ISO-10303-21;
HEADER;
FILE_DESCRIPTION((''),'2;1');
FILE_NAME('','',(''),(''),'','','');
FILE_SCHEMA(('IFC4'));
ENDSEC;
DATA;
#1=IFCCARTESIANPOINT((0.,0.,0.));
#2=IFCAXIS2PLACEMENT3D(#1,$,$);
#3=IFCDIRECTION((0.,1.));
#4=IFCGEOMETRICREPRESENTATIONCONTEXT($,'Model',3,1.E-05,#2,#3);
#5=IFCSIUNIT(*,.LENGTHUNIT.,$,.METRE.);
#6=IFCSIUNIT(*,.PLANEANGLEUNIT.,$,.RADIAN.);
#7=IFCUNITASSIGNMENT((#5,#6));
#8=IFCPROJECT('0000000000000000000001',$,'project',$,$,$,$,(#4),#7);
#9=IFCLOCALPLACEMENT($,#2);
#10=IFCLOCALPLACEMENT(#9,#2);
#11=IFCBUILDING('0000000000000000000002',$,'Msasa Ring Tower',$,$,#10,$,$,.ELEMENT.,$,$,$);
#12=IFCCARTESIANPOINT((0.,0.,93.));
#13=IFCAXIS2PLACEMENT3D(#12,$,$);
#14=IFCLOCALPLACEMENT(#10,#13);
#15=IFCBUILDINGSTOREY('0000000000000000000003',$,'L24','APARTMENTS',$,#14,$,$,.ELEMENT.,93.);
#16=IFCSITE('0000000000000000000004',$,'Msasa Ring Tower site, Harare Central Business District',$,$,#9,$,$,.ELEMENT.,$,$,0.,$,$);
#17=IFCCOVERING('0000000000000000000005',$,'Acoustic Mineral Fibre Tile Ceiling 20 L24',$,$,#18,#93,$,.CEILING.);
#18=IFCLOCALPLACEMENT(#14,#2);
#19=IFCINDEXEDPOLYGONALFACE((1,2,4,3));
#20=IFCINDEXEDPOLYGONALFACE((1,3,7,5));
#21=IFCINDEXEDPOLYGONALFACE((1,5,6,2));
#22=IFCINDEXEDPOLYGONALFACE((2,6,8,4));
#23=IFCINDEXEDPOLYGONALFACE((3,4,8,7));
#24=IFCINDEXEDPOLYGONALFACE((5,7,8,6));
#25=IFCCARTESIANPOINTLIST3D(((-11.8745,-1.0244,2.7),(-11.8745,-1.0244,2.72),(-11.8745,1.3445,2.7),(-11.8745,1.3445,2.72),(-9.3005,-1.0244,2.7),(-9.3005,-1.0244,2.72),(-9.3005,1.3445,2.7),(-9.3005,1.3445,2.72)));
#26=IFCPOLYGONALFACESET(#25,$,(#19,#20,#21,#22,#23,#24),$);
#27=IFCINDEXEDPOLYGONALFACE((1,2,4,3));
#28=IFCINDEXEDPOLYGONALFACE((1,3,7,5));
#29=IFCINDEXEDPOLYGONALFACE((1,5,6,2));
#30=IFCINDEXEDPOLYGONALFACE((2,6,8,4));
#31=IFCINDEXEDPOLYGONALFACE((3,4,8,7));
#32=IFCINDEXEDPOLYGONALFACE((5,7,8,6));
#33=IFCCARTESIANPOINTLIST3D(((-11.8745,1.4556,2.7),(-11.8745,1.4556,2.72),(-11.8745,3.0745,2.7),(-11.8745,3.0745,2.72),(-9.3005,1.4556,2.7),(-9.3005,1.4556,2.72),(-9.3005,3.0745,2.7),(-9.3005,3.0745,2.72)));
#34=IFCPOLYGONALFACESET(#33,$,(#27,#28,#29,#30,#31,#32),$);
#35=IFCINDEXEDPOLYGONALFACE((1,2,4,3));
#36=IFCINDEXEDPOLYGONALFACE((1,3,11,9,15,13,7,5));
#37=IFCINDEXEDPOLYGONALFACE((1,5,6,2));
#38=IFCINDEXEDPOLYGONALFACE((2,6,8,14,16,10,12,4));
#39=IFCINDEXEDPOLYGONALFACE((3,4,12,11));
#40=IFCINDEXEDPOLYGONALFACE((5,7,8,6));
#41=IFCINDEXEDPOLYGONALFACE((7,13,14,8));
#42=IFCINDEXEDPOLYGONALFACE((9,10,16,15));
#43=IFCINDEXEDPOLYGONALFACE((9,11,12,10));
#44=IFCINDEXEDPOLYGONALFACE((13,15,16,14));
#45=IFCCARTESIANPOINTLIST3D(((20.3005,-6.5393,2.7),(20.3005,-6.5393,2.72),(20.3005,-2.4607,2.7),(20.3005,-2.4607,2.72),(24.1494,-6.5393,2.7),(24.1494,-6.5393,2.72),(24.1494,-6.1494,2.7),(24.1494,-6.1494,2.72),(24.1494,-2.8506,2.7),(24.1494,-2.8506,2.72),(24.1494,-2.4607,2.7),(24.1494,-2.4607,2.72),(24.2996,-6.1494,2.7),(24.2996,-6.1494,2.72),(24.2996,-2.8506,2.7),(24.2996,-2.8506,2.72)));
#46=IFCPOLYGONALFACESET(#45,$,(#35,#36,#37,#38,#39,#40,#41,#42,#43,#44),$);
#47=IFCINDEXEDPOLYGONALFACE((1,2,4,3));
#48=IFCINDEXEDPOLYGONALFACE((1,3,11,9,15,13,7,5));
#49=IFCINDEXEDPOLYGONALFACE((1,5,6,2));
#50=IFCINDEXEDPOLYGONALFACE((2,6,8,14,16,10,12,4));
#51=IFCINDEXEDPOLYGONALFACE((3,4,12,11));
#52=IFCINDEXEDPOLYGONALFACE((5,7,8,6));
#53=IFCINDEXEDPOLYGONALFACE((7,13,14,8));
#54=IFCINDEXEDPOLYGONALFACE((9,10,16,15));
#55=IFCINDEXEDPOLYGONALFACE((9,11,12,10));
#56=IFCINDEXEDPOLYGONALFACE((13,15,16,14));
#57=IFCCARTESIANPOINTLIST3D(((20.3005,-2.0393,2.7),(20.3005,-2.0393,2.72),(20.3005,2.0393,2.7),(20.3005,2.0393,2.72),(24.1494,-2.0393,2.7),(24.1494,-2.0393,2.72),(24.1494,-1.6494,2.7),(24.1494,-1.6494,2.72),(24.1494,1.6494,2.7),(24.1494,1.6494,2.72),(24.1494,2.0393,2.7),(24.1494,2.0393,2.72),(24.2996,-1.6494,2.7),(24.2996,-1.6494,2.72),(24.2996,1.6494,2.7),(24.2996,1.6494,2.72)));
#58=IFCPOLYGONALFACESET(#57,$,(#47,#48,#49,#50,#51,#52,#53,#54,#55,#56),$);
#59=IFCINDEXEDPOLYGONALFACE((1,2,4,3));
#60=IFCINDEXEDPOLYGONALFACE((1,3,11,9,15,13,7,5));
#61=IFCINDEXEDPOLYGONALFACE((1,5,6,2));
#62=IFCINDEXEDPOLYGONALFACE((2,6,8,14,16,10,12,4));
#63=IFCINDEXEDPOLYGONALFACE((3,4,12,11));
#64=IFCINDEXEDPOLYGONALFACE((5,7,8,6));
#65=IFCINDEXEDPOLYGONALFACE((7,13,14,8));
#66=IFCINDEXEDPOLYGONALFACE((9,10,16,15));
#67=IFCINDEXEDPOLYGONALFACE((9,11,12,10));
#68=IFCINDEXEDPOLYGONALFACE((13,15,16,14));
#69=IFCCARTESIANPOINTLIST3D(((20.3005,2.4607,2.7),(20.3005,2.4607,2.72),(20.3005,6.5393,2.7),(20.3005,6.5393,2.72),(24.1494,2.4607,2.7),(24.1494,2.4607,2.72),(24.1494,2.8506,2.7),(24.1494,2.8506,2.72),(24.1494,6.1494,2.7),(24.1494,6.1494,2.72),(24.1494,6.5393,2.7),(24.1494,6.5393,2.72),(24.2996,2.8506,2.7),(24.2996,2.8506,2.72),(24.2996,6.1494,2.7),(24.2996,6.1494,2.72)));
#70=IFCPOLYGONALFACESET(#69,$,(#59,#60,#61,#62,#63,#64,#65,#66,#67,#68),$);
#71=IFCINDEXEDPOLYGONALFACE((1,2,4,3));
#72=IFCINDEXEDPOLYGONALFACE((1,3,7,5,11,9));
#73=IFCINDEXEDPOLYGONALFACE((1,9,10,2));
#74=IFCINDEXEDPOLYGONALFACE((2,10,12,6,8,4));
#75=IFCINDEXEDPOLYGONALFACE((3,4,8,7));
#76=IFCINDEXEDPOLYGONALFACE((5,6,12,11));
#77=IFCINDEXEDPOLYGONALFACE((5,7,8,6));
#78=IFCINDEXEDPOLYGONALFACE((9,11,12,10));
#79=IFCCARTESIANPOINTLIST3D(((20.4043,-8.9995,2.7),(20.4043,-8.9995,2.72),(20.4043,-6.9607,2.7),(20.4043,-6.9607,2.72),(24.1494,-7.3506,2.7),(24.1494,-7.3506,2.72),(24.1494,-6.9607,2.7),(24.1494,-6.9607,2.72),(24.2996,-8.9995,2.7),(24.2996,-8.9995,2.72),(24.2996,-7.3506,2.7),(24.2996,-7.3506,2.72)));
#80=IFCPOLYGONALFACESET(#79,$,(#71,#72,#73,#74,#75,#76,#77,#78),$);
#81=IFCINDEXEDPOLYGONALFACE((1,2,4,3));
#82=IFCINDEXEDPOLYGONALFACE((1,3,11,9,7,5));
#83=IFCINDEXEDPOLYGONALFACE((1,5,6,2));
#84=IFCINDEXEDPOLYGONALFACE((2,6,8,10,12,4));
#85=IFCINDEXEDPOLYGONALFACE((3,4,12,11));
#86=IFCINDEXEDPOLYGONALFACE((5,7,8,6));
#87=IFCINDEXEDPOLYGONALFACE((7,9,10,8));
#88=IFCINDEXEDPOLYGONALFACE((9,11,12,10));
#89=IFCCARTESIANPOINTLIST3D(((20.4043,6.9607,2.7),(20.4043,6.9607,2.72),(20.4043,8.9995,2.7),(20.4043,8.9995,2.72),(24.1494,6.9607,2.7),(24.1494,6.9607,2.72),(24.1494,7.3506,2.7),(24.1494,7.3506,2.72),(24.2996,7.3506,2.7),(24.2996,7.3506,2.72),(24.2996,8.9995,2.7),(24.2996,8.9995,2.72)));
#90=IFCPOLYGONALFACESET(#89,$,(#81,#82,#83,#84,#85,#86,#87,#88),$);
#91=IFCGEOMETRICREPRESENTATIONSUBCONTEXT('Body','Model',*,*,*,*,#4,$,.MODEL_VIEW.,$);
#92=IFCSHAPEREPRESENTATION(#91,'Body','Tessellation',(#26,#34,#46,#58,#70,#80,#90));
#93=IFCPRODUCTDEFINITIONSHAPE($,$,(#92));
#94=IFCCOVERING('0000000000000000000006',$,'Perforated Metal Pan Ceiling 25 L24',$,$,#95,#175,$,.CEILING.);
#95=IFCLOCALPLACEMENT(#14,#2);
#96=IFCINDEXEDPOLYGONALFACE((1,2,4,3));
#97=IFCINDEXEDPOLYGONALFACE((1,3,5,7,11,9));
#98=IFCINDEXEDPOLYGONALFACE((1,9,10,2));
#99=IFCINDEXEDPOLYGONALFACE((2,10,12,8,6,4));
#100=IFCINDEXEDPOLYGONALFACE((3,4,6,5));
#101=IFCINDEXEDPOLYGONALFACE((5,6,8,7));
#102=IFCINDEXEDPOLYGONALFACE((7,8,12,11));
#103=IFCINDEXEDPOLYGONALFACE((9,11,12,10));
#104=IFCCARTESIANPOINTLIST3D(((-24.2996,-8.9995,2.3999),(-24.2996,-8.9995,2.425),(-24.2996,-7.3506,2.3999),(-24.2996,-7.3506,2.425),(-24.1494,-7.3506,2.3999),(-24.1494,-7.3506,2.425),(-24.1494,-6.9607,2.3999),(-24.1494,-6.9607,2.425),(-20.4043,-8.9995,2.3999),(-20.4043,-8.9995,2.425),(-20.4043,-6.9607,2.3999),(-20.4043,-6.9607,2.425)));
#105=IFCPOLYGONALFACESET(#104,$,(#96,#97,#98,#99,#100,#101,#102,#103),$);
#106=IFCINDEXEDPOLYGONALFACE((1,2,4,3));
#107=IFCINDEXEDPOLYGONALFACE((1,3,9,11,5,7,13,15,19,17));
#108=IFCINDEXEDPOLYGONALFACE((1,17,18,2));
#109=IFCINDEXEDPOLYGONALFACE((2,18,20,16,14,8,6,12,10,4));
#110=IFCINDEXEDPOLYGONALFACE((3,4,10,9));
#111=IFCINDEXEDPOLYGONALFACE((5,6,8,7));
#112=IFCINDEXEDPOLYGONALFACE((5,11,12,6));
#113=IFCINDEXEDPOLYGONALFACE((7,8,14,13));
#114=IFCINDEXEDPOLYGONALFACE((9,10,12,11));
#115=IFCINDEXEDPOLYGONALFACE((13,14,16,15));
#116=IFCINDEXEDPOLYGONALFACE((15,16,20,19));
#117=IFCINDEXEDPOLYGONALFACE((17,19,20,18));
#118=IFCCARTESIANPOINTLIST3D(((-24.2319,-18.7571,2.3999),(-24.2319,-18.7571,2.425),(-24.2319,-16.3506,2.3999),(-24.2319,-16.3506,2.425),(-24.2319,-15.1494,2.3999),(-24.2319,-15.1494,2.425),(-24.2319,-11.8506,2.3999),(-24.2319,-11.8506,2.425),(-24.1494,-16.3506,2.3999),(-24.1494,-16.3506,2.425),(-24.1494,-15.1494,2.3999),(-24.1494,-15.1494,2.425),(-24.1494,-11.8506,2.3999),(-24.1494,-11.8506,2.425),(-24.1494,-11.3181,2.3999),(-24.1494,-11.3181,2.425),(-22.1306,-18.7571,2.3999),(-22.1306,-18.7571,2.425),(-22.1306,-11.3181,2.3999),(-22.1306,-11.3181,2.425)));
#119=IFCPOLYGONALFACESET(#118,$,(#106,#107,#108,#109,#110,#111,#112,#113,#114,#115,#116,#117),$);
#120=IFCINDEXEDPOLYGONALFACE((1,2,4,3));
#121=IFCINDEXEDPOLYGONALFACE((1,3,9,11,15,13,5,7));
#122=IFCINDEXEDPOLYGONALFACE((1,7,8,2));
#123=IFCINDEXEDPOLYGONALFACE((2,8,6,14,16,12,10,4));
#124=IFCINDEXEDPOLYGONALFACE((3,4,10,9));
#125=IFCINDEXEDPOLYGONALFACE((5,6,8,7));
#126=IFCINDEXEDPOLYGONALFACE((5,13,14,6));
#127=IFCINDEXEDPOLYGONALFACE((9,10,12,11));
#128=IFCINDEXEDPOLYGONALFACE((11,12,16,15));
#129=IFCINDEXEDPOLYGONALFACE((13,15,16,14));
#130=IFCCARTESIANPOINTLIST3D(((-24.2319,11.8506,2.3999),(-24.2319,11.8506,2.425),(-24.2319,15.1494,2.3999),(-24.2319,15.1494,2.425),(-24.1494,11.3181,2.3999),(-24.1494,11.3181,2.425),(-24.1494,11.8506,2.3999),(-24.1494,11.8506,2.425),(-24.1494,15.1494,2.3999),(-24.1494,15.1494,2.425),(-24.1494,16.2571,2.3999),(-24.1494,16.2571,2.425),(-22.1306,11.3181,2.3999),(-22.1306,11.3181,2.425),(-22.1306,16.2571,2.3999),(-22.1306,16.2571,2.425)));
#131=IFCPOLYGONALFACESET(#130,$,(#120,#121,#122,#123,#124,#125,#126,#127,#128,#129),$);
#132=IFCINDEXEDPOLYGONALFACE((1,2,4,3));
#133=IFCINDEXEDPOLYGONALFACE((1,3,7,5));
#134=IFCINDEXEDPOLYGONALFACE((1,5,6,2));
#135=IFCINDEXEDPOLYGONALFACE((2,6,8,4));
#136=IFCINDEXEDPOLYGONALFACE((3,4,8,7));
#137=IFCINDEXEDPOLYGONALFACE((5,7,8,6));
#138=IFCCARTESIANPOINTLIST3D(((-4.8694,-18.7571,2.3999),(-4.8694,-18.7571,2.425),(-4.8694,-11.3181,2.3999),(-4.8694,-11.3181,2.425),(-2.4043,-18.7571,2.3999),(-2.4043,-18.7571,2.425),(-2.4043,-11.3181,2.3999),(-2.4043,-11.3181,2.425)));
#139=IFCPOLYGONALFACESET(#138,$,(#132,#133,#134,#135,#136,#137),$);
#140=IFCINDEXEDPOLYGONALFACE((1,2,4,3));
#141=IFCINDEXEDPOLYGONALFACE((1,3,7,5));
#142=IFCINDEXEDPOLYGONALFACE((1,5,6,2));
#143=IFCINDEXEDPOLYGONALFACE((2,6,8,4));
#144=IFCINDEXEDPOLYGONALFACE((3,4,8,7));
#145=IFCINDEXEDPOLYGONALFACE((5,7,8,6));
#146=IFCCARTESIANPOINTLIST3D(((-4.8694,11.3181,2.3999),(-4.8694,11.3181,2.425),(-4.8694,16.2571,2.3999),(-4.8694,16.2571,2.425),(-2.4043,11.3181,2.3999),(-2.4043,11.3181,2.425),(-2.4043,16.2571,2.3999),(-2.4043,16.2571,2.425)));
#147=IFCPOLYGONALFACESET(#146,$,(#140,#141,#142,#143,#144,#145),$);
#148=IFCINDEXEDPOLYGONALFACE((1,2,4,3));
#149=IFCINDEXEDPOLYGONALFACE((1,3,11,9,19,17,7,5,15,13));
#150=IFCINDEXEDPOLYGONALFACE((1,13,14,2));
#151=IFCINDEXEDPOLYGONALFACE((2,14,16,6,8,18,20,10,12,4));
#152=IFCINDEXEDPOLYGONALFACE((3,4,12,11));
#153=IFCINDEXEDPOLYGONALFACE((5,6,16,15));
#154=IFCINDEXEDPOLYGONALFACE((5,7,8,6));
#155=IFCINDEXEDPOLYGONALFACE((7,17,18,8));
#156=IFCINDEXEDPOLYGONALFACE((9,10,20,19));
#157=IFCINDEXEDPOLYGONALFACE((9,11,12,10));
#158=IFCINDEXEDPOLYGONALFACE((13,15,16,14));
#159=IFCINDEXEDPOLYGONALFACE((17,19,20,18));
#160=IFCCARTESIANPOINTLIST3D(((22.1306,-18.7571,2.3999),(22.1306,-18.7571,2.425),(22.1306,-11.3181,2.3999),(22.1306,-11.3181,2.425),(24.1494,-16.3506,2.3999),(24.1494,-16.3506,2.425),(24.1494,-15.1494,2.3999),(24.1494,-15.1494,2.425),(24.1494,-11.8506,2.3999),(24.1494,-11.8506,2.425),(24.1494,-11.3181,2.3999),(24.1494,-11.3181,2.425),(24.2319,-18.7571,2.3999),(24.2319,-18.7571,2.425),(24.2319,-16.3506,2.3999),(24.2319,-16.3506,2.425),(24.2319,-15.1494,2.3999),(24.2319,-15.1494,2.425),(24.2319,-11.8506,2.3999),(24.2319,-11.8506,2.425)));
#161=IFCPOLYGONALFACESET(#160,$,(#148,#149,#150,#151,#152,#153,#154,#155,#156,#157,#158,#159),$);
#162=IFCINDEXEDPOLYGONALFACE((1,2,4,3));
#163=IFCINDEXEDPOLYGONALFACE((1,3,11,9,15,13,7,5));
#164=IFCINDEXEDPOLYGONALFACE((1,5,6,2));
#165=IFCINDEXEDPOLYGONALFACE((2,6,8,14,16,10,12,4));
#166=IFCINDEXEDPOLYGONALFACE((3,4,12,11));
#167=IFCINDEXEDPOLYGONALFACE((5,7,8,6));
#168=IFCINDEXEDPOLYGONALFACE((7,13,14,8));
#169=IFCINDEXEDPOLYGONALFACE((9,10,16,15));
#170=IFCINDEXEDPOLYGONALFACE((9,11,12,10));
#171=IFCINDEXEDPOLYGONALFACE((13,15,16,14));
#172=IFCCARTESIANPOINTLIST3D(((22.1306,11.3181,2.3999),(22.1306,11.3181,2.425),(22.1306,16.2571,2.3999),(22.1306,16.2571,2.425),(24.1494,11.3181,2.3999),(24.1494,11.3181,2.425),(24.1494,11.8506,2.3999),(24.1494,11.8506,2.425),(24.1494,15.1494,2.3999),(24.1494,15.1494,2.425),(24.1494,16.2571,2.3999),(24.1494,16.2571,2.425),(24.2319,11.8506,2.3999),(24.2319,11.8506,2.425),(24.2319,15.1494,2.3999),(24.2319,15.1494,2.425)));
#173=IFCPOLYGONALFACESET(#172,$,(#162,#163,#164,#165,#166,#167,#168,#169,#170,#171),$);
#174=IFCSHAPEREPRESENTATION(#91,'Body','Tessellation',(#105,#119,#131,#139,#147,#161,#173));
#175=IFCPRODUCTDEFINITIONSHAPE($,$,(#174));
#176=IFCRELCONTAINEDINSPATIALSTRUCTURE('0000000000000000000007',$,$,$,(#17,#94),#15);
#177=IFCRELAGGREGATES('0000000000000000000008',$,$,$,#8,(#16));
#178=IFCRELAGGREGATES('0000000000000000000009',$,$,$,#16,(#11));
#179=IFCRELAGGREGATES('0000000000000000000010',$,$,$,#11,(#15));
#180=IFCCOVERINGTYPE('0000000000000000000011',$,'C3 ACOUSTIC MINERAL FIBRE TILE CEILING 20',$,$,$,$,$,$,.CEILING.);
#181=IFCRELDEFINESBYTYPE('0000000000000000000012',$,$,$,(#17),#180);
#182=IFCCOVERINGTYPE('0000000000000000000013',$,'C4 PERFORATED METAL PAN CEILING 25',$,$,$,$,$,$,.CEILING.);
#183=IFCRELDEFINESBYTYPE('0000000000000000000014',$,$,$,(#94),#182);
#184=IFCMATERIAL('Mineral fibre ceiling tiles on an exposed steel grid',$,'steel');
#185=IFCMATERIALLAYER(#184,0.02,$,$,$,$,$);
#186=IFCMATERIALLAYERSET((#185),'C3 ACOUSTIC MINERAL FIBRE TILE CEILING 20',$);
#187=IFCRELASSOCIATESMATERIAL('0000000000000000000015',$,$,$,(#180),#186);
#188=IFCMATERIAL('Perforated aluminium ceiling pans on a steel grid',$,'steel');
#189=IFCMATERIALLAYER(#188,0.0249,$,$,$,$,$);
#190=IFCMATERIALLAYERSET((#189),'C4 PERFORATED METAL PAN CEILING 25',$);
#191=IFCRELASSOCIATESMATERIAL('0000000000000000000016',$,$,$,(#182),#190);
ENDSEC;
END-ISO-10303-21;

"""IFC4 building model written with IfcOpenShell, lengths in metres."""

from ifc_helpers import new_model, si_unit, direction, frame, origin, place, context, subcontext, project, spatial, line, indexed_curve, outline, extrude, material, layer, layer_set, type_object, element, save


model = new_model("IFC4")

# Units and contexts
model_context = context("Model", 3, precision=1e-05, world=origin(), true_north=direction((0.0, 1.0)))
body_context = subcontext(model_context, "Body", "Model", "MODEL_VIEW")
ifc_project = project(units=[si_unit("LENGTHUNIT", "METRE"), si_unit("PLANEANGLEUNIT", "RADIAN")], contexts=[model_context])

# Site, building, storey
site_placement = place(None, origin())
site = spatial("IfcSite", under=ifc_project, at=site_placement, Name="Msasa Ring Tower site, Harare Central Business District", CompositionType="ELEMENT", RefElevation=0.0)
building_placement = place(site_placement, origin())
building = spatial("IfcBuilding", under=site, at=building_placement, Name="Msasa Ring Tower", CompositionType="ELEMENT")
storey_placement = place(building_placement, frame((0.0, 0.0, 93.0)))
storey = spatial("IfcBuildingStorey", under=building, at=storey_placement, Name="L24", Description="APARTMENTS", CompositionType="ELEMENT", Elevation=93.0)

# Coverings
ifc_material_1 = material(Name="Mineral fibre ceiling tiles on an exposed steel grid", Category="steel")
ifc_layer_1 = layer(ifc_material_1, 0.02)
ifc_layer_set_1 = layer_set([ifc_layer_1], Name="C3 ACOUSTIC MINERAL FIBRE TILE CEILING 20")
covering_type_1 = type_object("IfcCoveringType", Name="C3 ACOUSTIC MINERAL FIBRE TILE CEILING 20", PredefinedType="CEILING", material=ifc_layer_set_1)
covering_1_placement = place(storey_placement, frame((0.0, 0.0, 2.7)))
element("IfcCovering", 1, at=covering_1_placement, inside=storey, type_object=covering_type_1, Name="Acoustic Mineral Fibre Tile Ceiling 20 L24", PredefinedType="CEILING", context=body_context, shape_type="SweptSolid", body=[
    extrude(outline(indexed_curve([(-9.3005, -1.0244), (-11.8745, -1.0244), (-11.8745, 1.3445), (-9.3005, 1.3445)], segments=[line(1, 2, 3, 4, 1)], self_intersect=False)), origin(), (0.0, 0.0, 1.0), 0.02),
    extrude(outline(indexed_curve([(-9.3005, 1.4556), (-11.8745, 1.4556), (-11.8745, 3.0745), (-9.3005, 3.0745)], segments=[line(1, 2, 3, 4, 1)], self_intersect=False)), origin(), (0.0, 0.0, 1.0), 0.02),
    extrude(outline(indexed_curve([(20.3005, -2.4607), (24.1494, -2.4607), (24.1494, -2.8506), (24.2996, -2.8506), (24.2996, -6.1494), (24.1494, -6.1494), (24.1494, -6.5393), (20.3005, -6.5393)], segments=[line(1, 2, 3, 4, 5, 6, 7, 8, 1)], self_intersect=False)), origin(), (0.0, 0.0, 1.0), 0.02),
    extrude(outline(indexed_curve([(20.3005, 2.0393), (24.1494, 2.0393), (24.1494, 1.6494), (24.2996, 1.6494), (24.2996, -1.6494), (24.1494, -1.6494), (24.1494, -2.0393), (20.3005, -2.0393)], segments=[line(1, 2, 3, 4, 5, 6, 7, 8, 1)], self_intersect=False)), origin(), (0.0, 0.0, 1.0), 0.02),
    extrude(outline(indexed_curve([(20.3005, 6.5393), (24.1494, 6.5393), (24.1494, 6.1494), (24.2996, 6.1494), (24.2996, 2.8506), (24.1494, 2.8506), (24.1494, 2.4607), (20.3005, 2.4607)], segments=[line(1, 2, 3, 4, 5, 6, 7, 8, 1)], self_intersect=False)), origin(), (0.0, 0.0, 1.0), 0.02),
    extrude(outline(indexed_curve([(24.2996, -8.9995), (20.4043, -8.9995), (20.4043, -6.9607), (24.1494, -6.9607), (24.1494, -7.3506), (24.2996, -7.3506)], segments=[line(1, 2, 3, 4, 5, 6, 1)], self_intersect=False)), origin(), (0.0, 0.0, 1.0), 0.02),
    extrude(outline(indexed_curve([(24.2996, 8.9995), (24.2996, 7.3506), (24.1494, 7.3506), (24.1494, 6.9607), (20.4043, 6.9607), (20.4043, 8.9995)], segments=[line(1, 2, 3, 4, 5, 6, 1)], self_intersect=False)), origin(), (0.0, 0.0, 1.0), 0.02),
])
ifc_material_2 = material(Name="Perforated aluminium ceiling pans on a steel grid", Category="steel")
ifc_layer_2 = layer(ifc_material_2, 0.0249)
ifc_layer_set_2 = layer_set([ifc_layer_2], Name="C4 PERFORATED METAL PAN CEILING 25")
covering_type_2 = type_object("IfcCoveringType", Name="C4 PERFORATED METAL PAN CEILING 25", PredefinedType="CEILING", material=ifc_layer_set_2)
covering_2_placement = place(storey_placement, frame((0.0, 0.0, 2.3999)))
element("IfcCovering", 2, at=covering_2_placement, inside=storey, type_object=covering_type_2, Name="Perforated Metal Pan Ceiling 25 L24", PredefinedType="CEILING", context=body_context, shape_type="SweptSolid", body=[
    extrude(outline(indexed_curve([(-24.2996, -8.9995), (-24.2996, -7.3506), (-24.1494, -7.3506), (-24.1494, -6.9607), (-20.4043, -6.9607), (-20.4043, -8.9995)], segments=[line(1, 2, 3, 4, 5, 6, 1)], self_intersect=False)), origin(), (0.0, 0.0, 1.0), 0.0251),
    extrude(outline(indexed_curve([(-22.1306, -18.7571), (-24.2319, -18.7571), (-24.2319, -16.3506), (-24.1494, -16.3506), (-24.1494, -15.1494), (-24.2319, -15.1494), (-24.2319, -11.8506), (-24.1494, -11.8506), (-24.1494, -11.3181), (-22.1306, -11.3181)], segments=[line(1, 2, 3, 4, 5, 6, 7, 8, 9, 10, 1)], self_intersect=False)), origin(), (0.0, 0.0, 1.0), 0.0251),
    extrude(outline(indexed_curve([(-24.1494, 11.3181), (-24.1494, 11.8506), (-24.2319, 11.8506), (-24.2319, 15.1494), (-24.1494, 15.1494), (-24.1494, 16.2571), (-22.1306, 16.2571), (-22.1306, 11.3181)], segments=[line(1, 2, 3, 4, 5, 6, 7, 8, 1)], self_intersect=False)), origin(), (0.0, 0.0, 1.0), 0.0251),
    extrude(outline(indexed_curve([(-4.8694, -18.7571), (-4.8694, -11.3181), (-2.4043, -11.3181), (-2.4043, -18.7571)], segments=[line(1, 2, 3, 4, 1)], self_intersect=False)), origin(), (0.0, 0.0, 1.0), 0.0251),
    extrude(outline(indexed_curve([(-4.8694, 11.3181), (-4.8694, 16.2571), (-2.4043, 16.2571), (-2.4043, 11.3181)], segments=[line(1, 2, 3, 4, 1)], self_intersect=False)), origin(), (0.0, 0.0, 1.0), 0.0251),
    extrude(outline(indexed_curve([(22.1306, -18.7571), (22.1306, -11.3181), (24.1494, -11.3181), (24.1494, -11.8506), (24.2319, -11.8506), (24.2319, -15.1494), (24.1494, -15.1494), (24.1494, -16.3506), (24.2319, -16.3506), (24.2319, -18.7571)], segments=[line(1, 2, 3, 4, 5, 6, 7, 8, 9, 10, 1)], self_intersect=False)), origin(), (0.0, 0.0, 1.0), 0.0251),
    extrude(outline(indexed_curve([(22.1306, 11.3181), (22.1306, 16.2571), (24.1494, 16.2571), (24.1494, 15.1494), (24.2319, 15.1494), (24.2319, 11.8506), (24.1494, 11.8506), (24.1494, 11.3181)], segments=[line(1, 2, 3, 4, 5, 6, 7, 8, 1)], self_intersect=False)), origin(), (0.0, 0.0, 1.0), 0.0251),
])

save(model, "model.ifc")
